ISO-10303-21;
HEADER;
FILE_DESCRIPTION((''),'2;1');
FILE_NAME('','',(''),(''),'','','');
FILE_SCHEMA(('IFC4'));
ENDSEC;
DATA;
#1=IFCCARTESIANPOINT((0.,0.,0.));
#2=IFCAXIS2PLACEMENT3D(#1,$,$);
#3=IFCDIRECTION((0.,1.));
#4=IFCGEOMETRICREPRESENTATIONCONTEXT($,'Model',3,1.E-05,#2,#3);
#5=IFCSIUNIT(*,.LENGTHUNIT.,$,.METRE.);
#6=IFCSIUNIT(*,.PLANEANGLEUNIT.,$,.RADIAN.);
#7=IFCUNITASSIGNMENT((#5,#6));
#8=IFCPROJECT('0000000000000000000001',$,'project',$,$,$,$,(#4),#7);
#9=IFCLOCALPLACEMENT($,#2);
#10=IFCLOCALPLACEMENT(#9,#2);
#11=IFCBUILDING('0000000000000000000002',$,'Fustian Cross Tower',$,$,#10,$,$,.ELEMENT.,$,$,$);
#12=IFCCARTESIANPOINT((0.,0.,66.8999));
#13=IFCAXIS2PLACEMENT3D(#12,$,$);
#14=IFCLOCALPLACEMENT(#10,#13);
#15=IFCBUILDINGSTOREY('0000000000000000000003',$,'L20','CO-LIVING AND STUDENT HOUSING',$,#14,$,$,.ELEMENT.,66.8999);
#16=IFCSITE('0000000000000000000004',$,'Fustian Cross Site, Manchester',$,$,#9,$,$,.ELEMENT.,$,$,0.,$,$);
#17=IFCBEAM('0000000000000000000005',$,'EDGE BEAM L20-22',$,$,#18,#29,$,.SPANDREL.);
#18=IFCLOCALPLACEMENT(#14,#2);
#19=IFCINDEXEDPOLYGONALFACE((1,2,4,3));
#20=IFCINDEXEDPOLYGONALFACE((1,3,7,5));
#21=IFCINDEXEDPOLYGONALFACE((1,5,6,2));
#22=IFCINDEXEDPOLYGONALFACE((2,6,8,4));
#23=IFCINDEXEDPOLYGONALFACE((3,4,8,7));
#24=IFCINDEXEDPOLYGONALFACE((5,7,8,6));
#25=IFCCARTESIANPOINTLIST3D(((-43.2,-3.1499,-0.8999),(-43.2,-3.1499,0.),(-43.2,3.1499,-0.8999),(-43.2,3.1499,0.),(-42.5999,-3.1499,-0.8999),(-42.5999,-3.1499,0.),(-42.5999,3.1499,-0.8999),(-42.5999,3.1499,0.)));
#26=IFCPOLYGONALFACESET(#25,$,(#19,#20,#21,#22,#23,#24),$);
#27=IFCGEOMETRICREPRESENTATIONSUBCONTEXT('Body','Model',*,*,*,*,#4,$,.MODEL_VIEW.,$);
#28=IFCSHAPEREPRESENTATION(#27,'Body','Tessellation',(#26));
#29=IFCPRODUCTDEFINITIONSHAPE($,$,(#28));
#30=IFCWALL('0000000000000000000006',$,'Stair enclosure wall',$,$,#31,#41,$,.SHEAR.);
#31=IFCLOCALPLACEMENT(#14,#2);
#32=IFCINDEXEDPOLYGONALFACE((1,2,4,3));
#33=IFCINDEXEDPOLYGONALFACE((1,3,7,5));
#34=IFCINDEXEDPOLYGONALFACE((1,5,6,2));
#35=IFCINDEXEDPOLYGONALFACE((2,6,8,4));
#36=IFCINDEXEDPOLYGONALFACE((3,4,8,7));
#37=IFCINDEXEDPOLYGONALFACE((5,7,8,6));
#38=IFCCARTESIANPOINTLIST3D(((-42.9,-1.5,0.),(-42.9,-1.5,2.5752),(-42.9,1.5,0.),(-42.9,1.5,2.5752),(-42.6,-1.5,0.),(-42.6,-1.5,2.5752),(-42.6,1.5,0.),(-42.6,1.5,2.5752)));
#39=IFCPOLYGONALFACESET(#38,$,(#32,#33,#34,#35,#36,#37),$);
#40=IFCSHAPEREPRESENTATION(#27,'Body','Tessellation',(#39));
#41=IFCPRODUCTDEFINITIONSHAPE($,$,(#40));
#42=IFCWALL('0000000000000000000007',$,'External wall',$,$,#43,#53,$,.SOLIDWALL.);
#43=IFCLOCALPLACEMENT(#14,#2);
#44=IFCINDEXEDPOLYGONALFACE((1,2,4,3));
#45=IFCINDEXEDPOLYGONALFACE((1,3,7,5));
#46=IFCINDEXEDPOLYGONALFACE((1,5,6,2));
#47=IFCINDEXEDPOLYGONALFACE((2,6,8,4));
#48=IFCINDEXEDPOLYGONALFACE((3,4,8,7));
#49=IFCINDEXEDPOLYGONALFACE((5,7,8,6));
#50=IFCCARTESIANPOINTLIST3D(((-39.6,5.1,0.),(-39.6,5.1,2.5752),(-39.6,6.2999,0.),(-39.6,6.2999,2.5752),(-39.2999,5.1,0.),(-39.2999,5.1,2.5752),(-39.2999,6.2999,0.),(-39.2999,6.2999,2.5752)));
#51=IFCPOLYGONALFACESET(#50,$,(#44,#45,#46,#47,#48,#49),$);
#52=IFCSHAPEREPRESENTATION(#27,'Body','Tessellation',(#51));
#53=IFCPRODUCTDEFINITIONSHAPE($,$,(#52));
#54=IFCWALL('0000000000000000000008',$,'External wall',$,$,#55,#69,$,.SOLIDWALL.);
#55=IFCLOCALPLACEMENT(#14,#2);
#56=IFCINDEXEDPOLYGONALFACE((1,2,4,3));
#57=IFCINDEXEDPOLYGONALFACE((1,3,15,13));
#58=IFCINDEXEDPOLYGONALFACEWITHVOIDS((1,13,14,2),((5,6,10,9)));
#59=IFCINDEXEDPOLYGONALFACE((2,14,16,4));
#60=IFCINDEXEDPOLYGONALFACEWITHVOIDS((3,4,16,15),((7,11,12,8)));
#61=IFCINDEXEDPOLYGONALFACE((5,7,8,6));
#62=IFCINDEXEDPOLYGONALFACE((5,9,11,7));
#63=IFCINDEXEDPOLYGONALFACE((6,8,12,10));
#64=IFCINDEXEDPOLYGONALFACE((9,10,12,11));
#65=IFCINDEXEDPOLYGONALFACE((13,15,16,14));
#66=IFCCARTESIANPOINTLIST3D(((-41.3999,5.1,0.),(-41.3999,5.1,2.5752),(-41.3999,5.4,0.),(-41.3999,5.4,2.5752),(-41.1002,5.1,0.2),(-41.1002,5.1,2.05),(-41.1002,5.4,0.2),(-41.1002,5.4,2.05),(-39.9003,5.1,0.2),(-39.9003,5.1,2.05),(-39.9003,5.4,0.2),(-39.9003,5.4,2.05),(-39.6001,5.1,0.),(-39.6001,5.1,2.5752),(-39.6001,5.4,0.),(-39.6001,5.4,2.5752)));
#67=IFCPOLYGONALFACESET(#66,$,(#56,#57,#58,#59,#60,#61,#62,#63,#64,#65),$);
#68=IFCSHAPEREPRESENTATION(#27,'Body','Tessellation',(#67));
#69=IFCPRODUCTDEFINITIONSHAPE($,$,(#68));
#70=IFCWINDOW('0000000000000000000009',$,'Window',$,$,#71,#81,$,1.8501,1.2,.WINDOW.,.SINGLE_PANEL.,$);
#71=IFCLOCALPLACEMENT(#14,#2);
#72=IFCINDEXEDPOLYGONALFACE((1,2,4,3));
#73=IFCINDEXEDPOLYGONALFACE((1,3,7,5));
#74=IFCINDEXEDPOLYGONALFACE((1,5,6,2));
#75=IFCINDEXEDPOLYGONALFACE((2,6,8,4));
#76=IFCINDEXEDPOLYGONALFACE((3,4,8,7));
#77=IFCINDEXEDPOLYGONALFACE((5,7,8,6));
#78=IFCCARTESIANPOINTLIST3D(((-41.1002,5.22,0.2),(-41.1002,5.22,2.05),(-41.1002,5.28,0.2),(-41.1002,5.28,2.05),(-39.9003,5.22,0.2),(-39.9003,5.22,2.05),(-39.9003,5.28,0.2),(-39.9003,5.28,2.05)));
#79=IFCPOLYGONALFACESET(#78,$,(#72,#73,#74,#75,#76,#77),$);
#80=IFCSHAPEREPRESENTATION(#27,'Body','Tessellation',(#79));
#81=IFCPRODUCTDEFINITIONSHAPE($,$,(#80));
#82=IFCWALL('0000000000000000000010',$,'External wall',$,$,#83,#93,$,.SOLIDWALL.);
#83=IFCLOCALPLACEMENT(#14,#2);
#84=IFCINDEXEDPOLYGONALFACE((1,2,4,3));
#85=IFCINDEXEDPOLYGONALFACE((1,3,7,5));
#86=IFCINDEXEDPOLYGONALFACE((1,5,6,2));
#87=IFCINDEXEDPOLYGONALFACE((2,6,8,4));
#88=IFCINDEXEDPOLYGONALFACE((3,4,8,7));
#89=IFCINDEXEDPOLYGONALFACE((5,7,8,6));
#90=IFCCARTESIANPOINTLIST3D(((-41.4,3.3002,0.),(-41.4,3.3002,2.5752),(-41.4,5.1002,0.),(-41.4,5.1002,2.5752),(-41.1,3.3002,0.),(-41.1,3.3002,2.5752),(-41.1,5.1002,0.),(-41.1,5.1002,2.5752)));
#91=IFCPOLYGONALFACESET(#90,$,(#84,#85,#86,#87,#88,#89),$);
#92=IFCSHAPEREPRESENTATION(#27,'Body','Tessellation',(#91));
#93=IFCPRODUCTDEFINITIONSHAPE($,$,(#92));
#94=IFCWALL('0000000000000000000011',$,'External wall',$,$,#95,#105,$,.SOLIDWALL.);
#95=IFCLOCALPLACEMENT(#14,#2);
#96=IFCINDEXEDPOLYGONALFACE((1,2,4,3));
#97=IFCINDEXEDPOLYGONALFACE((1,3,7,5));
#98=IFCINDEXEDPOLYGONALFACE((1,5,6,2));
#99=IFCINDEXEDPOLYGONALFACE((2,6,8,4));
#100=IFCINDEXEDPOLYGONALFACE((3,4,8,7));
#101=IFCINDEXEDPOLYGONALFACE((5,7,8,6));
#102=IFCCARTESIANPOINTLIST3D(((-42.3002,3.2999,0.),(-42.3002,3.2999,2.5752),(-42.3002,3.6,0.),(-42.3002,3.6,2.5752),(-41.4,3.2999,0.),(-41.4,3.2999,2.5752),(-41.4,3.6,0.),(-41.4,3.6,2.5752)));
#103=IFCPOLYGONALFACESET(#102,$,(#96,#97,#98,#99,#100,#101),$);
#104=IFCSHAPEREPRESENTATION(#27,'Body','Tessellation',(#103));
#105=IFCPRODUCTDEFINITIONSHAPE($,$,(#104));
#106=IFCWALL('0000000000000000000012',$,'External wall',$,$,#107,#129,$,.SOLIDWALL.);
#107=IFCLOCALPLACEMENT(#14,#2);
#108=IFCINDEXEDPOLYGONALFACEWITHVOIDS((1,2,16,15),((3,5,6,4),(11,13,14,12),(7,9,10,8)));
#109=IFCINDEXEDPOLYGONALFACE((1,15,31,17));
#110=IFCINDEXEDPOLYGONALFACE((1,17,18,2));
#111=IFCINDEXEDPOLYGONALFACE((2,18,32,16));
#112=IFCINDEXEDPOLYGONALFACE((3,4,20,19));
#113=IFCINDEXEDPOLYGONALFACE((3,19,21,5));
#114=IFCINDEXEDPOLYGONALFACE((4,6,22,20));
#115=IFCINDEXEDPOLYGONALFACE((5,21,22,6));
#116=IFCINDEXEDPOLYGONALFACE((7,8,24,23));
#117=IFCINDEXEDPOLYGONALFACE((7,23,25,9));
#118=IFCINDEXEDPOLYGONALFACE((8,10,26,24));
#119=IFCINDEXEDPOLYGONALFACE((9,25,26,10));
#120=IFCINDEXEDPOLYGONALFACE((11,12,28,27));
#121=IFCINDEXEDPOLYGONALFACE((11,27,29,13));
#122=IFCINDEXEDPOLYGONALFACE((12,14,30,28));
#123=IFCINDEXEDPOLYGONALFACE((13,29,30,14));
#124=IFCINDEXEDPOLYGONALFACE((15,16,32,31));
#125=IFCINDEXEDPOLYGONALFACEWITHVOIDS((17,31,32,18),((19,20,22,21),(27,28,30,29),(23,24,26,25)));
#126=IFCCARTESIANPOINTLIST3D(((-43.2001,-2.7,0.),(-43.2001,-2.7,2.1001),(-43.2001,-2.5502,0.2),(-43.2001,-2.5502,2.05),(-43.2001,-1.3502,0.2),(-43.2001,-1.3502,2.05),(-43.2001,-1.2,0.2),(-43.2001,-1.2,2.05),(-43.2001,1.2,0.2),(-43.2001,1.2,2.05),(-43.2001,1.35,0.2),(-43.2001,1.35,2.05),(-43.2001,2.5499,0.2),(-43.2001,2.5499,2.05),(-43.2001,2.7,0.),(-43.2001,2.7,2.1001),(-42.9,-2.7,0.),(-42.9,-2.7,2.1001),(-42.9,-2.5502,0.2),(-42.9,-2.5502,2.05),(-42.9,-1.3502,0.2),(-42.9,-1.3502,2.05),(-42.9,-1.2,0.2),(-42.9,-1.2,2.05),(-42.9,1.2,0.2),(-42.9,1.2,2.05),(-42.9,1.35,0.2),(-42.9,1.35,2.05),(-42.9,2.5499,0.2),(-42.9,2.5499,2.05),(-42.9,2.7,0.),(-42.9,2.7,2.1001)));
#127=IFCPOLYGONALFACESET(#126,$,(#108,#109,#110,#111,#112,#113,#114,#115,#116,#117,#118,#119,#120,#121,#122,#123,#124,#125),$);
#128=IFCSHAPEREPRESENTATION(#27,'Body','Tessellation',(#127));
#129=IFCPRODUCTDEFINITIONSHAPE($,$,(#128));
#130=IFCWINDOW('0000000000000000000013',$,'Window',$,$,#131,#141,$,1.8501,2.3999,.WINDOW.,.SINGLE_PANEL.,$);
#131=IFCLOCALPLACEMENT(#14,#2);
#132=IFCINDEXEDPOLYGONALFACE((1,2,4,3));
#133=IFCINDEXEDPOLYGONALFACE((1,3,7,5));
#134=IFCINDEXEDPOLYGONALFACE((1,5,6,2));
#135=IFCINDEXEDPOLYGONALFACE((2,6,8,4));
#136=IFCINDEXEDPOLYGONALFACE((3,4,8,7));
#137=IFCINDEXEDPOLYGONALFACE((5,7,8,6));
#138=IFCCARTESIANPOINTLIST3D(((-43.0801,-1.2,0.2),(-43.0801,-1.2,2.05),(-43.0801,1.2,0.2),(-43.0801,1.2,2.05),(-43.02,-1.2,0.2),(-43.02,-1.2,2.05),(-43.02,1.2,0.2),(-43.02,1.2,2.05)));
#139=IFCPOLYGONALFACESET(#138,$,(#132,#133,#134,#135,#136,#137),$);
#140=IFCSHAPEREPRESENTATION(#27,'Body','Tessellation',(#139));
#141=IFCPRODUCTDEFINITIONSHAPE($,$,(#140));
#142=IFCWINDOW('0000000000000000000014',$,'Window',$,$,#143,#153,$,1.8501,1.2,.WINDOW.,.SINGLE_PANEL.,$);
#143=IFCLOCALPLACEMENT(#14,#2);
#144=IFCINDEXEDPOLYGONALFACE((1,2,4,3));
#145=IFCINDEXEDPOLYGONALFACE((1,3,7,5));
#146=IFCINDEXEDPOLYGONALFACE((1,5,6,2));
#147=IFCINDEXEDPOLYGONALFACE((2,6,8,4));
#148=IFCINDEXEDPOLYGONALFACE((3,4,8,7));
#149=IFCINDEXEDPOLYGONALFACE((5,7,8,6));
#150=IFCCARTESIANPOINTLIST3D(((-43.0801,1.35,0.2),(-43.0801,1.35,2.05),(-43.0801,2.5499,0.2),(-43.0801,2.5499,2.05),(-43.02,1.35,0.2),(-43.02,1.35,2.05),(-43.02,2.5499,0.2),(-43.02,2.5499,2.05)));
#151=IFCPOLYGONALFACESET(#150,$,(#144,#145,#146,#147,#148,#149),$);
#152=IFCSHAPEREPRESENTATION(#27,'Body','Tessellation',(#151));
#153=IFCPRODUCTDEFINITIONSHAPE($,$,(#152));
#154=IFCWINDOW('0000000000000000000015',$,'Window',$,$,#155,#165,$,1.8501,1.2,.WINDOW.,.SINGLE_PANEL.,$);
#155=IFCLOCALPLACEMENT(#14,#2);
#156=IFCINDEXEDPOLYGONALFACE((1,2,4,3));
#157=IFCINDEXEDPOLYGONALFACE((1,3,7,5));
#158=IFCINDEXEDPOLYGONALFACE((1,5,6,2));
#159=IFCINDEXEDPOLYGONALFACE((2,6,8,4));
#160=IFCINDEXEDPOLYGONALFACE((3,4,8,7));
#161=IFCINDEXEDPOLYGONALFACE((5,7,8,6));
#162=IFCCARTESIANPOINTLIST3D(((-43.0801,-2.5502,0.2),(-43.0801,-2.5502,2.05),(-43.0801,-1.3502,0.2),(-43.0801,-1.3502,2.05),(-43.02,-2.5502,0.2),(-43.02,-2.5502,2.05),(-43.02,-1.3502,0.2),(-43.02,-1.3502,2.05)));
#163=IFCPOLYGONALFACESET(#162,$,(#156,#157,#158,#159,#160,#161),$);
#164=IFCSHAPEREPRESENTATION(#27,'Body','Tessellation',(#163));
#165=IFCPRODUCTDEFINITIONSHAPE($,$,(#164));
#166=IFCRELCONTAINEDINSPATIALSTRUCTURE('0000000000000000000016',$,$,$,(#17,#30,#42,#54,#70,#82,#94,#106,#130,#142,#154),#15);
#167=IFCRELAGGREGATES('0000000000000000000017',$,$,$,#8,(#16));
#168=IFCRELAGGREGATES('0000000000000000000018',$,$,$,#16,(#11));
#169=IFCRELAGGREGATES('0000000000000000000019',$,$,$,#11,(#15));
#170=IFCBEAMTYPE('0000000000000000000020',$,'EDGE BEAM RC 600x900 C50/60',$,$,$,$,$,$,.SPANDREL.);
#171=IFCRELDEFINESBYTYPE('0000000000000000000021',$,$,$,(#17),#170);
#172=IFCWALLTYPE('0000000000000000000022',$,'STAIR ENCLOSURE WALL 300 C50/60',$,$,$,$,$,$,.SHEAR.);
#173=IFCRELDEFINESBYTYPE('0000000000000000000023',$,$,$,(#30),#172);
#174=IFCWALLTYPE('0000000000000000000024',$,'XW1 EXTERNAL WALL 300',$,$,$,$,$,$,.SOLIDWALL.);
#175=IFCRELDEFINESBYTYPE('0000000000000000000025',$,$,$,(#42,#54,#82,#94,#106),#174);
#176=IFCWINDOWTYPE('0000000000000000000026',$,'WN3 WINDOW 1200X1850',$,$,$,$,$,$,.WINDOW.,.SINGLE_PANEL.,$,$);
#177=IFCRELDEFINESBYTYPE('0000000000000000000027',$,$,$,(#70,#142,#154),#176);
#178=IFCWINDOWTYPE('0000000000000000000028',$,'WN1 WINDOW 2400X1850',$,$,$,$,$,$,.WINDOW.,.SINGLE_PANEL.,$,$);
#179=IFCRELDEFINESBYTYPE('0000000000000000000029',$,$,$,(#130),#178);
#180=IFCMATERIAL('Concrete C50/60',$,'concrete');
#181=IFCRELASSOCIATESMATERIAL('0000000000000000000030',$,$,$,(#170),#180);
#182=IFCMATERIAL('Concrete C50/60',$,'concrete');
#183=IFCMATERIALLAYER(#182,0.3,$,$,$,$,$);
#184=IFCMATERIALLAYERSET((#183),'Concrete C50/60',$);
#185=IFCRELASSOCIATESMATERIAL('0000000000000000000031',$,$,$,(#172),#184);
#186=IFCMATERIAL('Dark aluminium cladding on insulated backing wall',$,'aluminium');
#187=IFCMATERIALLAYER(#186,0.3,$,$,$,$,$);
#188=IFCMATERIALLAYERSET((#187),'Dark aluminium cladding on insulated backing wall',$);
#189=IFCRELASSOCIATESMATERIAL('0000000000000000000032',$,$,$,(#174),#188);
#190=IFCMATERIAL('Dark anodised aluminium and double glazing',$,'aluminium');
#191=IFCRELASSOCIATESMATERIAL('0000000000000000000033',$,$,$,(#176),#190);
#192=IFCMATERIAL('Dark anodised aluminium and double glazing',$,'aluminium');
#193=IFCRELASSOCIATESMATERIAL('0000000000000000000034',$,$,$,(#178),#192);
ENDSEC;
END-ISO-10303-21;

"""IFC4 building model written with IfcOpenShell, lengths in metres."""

from ifc_helpers import new_model, si_unit, direction, frame, frame_2d, origin, origin_2d, place, context, subcontext, project, spatial, rectangle, extrude, material, layer, layer_set, material_profile, profile_set, type_object, element, fill, save


model = new_model("IFC4")

# Units and contexts
model_context = context("Model", 3, precision=1e-05, world=origin(), true_north=direction((0.0, 1.0)))
body_context = subcontext(model_context, "Body", "Model", "MODEL_VIEW")
ifc_project = project(units=[si_unit("LENGTHUNIT", "METRE"), si_unit("PLANEANGLEUNIT", "RADIAN")], contexts=[model_context])

# Site, building, storey
site_placement = place(None, origin())
site = spatial("IfcSite", under=ifc_project, at=site_placement, Name="Fustian Cross Site, Manchester", CompositionType="ELEMENT", RefElevation=0.0)
building_placement = place(site_placement, origin())
building = spatial("IfcBuilding", under=site, at=building_placement, Name="Fustian Cross Tower", CompositionType="ELEMENT")
storey_placement = place(building_placement, frame((0.0, 0.0, 66.8999)))
storey = spatial("IfcBuildingStorey", under=building, at=storey_placement, Name="L20", Description="CO-LIVING AND STUDENT HOUSING", CompositionType="ELEMENT", Elevation=66.8999)

# Beam
ifc_material_1 = material(Name="Concrete C50/60", Category="concrete")
ifc_material_profile_1 = material_profile(ifc_material_1, rectangle(XDim=0.6001, YDim=0.8999, at=origin_2d()), Name="RC 600x900")
ifc_profile_set_1 = profile_set([ifc_material_profile_1], Name="Concrete C50/60")
beam_type = type_object("IfcBeamType", Name="EDGE BEAM RC 600x900 C50/60", PredefinedType="SPANDREL", material=ifc_profile_set_1)
beam_placement = place(storey_placement, frame((-42.8999, 3.1499, -0.45), z_axis=(0.0, -1.0, 0.0), x_axis=(1.0, 0.0, 0.0)))
element("IfcBeam", 1, at=beam_placement, inside=storey, type_object=beam_type, Name="EDGE BEAM L20-22", PredefinedType="SPANDREL", context=body_context, shape_type="SweptSolid", body=[
    extrude(rectangle(XDim=0.6001, YDim=0.8999, at=origin_2d()), origin(), (0.0, 0.0, 1.0), 6.2998),
])

# Walls
ifc_material_2 = material(Name="Concrete C50/60", Category="concrete")
ifc_layer_1 = layer(ifc_material_2, 0.3)
ifc_layer_set_1 = layer_set([ifc_layer_1], Name="Concrete C50/60")
wall_type_1 = type_object("IfcWallType", Name="STAIR ENCLOSURE WALL 300 C50/60", PredefinedType="SHEAR", material=ifc_layer_set_1)
wall_1_placement = place(storey_placement, frame((-42.75, -1.5, 0.0), z_axis=(0.0, 0.0, 1.0), x_axis=(0.0, 1.0, 0.0)))
element("IfcWall", 2, at=wall_1_placement, inside=storey, type_object=wall_type_1, Name="Stair enclosure wall", PredefinedType="SHEAR", context=body_context, shape_type="SweptSolid", body=[
    extrude(rectangle(XDim=3.0, YDim=0.3, at=frame_2d((1.5, 0.0))), origin(), (0.0, 0.0, 1.0), 2.5752),
])
ifc_material_3 = material(Name="Dark aluminium cladding on insulated backing wall", Category="aluminium")
ifc_layer_2 = layer(ifc_material_3, 0.3)
ifc_layer_set_2 = layer_set([ifc_layer_2], Name="Dark aluminium cladding on insulated backing wall")
wall_type_2 = type_object("IfcWallType", Name="XW1 EXTERNAL WALL 300", PredefinedType="SOLIDWALL", material=ifc_layer_set_2)
wall_2_placement = place(storey_placement, frame((-39.45, 6.3, 0.0), z_axis=(0.0, 0.0, 1.0), x_axis=(0.0, -1.0, 0.0)))
element("IfcWall", 3, at=wall_2_placement, inside=storey, type_object=wall_type_2, Name="External wall", PredefinedType="SOLIDWALL", context=body_context, shape_type="SweptSolid", body=[
    extrude(rectangle(XDim=1.2, YDim=0.3, at=frame_2d((0.6001, 0.0))), origin(), (0.0, 0.0, 1.0), 2.5752),
])

# Wall, opening, window
wall_3_placement = place(storey_placement, frame((-39.6001, 5.25, 0.0), z_axis=(0.0, 0.0, 1.0), x_axis=(-1.0, 0.0, 0.0)))
wall_3 = element("IfcWall", 4, at=wall_3_placement, inside=storey, type_object=wall_type_2, Name="External wall", PredefinedType="SOLIDWALL", context=body_context, shape_type="SweptSolid", body=[
    extrude(rectangle(XDim=1.7998, YDim=0.3, at=frame_2d((0.8999, 0.0))), origin(), (0.0, 0.0, 1.0), 2.5752),
])
opening_1_placement = place(wall_3_placement, frame((0.3, 0.0, 0.2)))
opening_1 = element("IfcOpeningElement", 5, at=opening_1_placement, cuts=wall_3, PredefinedType="OPENING", context=body_context, shape_type="SweptSolid", body=[
    extrude(rectangle(XDim=1.2, YDim=1.8501, at=frame_2d((0.6001, 0.925))), frame((0.0, 0.1599, 0.0), z_axis=(0.0, -1.0, 0.0), x_axis=(1.0, 0.0, 0.0)), (0.0, 0.0, 1.0), 0.3201),
])
ifc_material_4 = material(Name="Dark anodised aluminium and double glazing", Category="aluminium")
window_type_1 = type_object("IfcWindowType", Name="WN3 WINDOW 1200X1850", PartitioningType="SINGLE_PANEL", PredefinedType="WINDOW", material=ifc_material_4)
window_1_placement = place(opening_1_placement, origin())
window_1 = element("IfcWindow", 6, at=window_1_placement, inside=storey, type_object=window_type_1, Name="Window", OverallHeight=1.8501, OverallWidth=1.2, PartitioningType="SINGLE_PANEL", PredefinedType="WINDOW", context=body_context, shape_type="SweptSolid", body=[
    extrude(rectangle(XDim=1.2, YDim=1.8501, at=frame_2d((0.6001, 0.925))), frame((0.0, 0.03, 0.0), z_axis=(0.0, -1.0, 0.0), x_axis=(1.0, 0.0, 0.0)), (0.0, 0.0, 1.0), 0.0601),
])
fill(opening_1, window_1)

# Walls
wall_4_placement = place(storey_placement, frame((-41.25, 5.1001, 0.0), z_axis=(0.0, 0.0, 1.0), x_axis=(0.0, -1.0, 0.0)))
element("IfcWall", 7, at=wall_4_placement, inside=storey, type_object=wall_type_2, Name="External wall", PredefinedType="SOLIDWALL", context=body_context, shape_type="SweptSolid", body=[
    extrude(rectangle(XDim=1.8, YDim=0.3, at=frame_2d((0.8999, 0.0))), origin(), (0.0, 0.0, 1.0), 2.5752),
])
wall_5_placement = place(storey_placement, frame((-41.3999, 3.45, 0.0), z_axis=(0.0, 0.0, 1.0), x_axis=(-1.0, 0.0, 0.0)))
element("IfcWall", 8, at=wall_5_placement, inside=storey, type_object=wall_type_2, Name="External wall", PredefinedType="SOLIDWALL", context=body_context, shape_type="SweptSolid", body=[
    extrude(rectangle(XDim=0.9001, YDim=0.3, at=frame_2d((0.4502, 0.0))), origin(), (0.0, 0.0, 1.0), 2.5752),
])

# Wall, openings, windows
wall_6_placement = place(storey_placement, frame((-43.05, 2.7, 0.0), z_axis=(0.0, 0.0, 1.0), x_axis=(0.0, -1.0, 0.0)))
wall_6 = element("IfcWall", 9, at=wall_6_placement, inside=storey, type_object=wall_type_2, Name="External wall", PredefinedType="SOLIDWALL", context=body_context, shape_type="SweptSolid", body=[
    extrude(rectangle(XDim=5.3999, YDim=0.3, at=frame_2d((2.7, 0.0))), origin(), (0.0, 0.0, 1.0), 2.1001),
])
opening_2_placement = place(wall_6_placement, frame((1.5, 0.0, 0.2)))
opening_2 = element("IfcOpeningElement", 10, at=opening_2_placement, cuts=wall_6, PredefinedType="OPENING", context=body_context, shape_type="SweptSolid", body=[
    extrude(rectangle(XDim=2.3999, YDim=1.8501, at=frame_2d((1.2, 0.925))), frame((0.0, 0.1599, 0.0), z_axis=(0.0, -1.0, 0.0), x_axis=(1.0, 0.0, 0.0)), (0.0, 0.0, 1.0), 0.3201),
])
opening_3_placement = place(wall_6_placement, frame((0.1499, 0.0, 0.2)))
opening_3 = element("IfcOpeningElement", 11, at=opening_3_placement, cuts=wall_6, PredefinedType="OPENING", context=body_context, shape_type="SweptSolid", body=[
    extrude(rectangle(XDim=1.2, YDim=1.8501, at=frame_2d((0.6001, 0.925))), frame((0.0, 0.1599, 0.0), z_axis=(0.0, -1.0, 0.0), x_axis=(1.0, 0.0, 0.0)), (0.0, 0.0, 1.0), 0.3201),
])
opening_4_placement = place(wall_6_placement, frame((4.05, 0.0, 0.2)))
opening_4 = element("IfcOpeningElement", 12, at=opening_4_placement, cuts=wall_6, PredefinedType="OPENING", context=body_context, shape_type="SweptSolid", body=[
    extrude(rectangle(XDim=1.2, YDim=1.8501, at=frame_2d((0.6001, 0.925))), frame((0.0, 0.1599, 0.0), z_axis=(0.0, -1.0, 0.0), x_axis=(1.0, 0.0, 0.0)), (0.0, 0.0, 1.0), 0.3201),
])
ifc_material_5 = material(Name="Dark anodised aluminium and double glazing", Category="aluminium")
window_type_2 = type_object("IfcWindowType", Name="WN1 WINDOW 2400X1850", PartitioningType="SINGLE_PANEL", PredefinedType="WINDOW", material=ifc_material_5)
window_2_placement = place(opening_2_placement, origin())
window_2 = element("IfcWindow", 13, at=window_2_placement, inside=storey, type_object=window_type_2, Name="Window", OverallHeight=1.8501, OverallWidth=2.3999, PartitioningType="SINGLE_PANEL", PredefinedType="WINDOW", context=body_context, shape_type="SweptSolid", body=[
    extrude(rectangle(XDim=2.3999, YDim=1.8501, at=frame_2d((1.2, 0.925))), frame((0.0, 0.03, 0.0), z_axis=(0.0, -1.0, 0.0), x_axis=(1.0, 0.0, 0.0)), (0.0, 0.0, 1.0), 0.0601),
])
fill(opening_2, window_2)
window_3_placement = place(opening_3_placement, origin())
window_3 = element("IfcWindow", 14, at=window_3_placement, inside=storey, type_object=window_type_1, Name="Window", OverallHeight=1.8501, OverallWidth=1.2, PartitioningType="SINGLE_PANEL", PredefinedType="WINDOW", context=body_context, shape_type="SweptSolid", body=[
    extrude(rectangle(XDim=1.2, YDim=1.8501, at=frame_2d((0.6001, 0.925))), frame((0.0, 0.03, 0.0), z_axis=(0.0, -1.0, 0.0), x_axis=(1.0, 0.0, 0.0)), (0.0, 0.0, 1.0), 0.0601),
])
fill(opening_3, window_3)
window_4_placement = place(opening_4_placement, origin())
window_4 = element("IfcWindow", 15, at=window_4_placement, inside=storey, type_object=window_type_1, Name="Window", OverallHeight=1.8501, OverallWidth=1.2, PartitioningType="SINGLE_PANEL", PredefinedType="WINDOW", context=body_context, shape_type="SweptSolid", body=[
    extrude(rectangle(XDim=1.2, YDim=1.8501, at=frame_2d((0.6001, 0.925))), frame((0.0, 0.03, 0.0), z_axis=(0.0, -1.0, 0.0), x_axis=(1.0, 0.0, 0.0)), (0.0, 0.0, 1.0), 0.0601),
])
fill(opening_4, window_4)

save(model, "model.ifc")
